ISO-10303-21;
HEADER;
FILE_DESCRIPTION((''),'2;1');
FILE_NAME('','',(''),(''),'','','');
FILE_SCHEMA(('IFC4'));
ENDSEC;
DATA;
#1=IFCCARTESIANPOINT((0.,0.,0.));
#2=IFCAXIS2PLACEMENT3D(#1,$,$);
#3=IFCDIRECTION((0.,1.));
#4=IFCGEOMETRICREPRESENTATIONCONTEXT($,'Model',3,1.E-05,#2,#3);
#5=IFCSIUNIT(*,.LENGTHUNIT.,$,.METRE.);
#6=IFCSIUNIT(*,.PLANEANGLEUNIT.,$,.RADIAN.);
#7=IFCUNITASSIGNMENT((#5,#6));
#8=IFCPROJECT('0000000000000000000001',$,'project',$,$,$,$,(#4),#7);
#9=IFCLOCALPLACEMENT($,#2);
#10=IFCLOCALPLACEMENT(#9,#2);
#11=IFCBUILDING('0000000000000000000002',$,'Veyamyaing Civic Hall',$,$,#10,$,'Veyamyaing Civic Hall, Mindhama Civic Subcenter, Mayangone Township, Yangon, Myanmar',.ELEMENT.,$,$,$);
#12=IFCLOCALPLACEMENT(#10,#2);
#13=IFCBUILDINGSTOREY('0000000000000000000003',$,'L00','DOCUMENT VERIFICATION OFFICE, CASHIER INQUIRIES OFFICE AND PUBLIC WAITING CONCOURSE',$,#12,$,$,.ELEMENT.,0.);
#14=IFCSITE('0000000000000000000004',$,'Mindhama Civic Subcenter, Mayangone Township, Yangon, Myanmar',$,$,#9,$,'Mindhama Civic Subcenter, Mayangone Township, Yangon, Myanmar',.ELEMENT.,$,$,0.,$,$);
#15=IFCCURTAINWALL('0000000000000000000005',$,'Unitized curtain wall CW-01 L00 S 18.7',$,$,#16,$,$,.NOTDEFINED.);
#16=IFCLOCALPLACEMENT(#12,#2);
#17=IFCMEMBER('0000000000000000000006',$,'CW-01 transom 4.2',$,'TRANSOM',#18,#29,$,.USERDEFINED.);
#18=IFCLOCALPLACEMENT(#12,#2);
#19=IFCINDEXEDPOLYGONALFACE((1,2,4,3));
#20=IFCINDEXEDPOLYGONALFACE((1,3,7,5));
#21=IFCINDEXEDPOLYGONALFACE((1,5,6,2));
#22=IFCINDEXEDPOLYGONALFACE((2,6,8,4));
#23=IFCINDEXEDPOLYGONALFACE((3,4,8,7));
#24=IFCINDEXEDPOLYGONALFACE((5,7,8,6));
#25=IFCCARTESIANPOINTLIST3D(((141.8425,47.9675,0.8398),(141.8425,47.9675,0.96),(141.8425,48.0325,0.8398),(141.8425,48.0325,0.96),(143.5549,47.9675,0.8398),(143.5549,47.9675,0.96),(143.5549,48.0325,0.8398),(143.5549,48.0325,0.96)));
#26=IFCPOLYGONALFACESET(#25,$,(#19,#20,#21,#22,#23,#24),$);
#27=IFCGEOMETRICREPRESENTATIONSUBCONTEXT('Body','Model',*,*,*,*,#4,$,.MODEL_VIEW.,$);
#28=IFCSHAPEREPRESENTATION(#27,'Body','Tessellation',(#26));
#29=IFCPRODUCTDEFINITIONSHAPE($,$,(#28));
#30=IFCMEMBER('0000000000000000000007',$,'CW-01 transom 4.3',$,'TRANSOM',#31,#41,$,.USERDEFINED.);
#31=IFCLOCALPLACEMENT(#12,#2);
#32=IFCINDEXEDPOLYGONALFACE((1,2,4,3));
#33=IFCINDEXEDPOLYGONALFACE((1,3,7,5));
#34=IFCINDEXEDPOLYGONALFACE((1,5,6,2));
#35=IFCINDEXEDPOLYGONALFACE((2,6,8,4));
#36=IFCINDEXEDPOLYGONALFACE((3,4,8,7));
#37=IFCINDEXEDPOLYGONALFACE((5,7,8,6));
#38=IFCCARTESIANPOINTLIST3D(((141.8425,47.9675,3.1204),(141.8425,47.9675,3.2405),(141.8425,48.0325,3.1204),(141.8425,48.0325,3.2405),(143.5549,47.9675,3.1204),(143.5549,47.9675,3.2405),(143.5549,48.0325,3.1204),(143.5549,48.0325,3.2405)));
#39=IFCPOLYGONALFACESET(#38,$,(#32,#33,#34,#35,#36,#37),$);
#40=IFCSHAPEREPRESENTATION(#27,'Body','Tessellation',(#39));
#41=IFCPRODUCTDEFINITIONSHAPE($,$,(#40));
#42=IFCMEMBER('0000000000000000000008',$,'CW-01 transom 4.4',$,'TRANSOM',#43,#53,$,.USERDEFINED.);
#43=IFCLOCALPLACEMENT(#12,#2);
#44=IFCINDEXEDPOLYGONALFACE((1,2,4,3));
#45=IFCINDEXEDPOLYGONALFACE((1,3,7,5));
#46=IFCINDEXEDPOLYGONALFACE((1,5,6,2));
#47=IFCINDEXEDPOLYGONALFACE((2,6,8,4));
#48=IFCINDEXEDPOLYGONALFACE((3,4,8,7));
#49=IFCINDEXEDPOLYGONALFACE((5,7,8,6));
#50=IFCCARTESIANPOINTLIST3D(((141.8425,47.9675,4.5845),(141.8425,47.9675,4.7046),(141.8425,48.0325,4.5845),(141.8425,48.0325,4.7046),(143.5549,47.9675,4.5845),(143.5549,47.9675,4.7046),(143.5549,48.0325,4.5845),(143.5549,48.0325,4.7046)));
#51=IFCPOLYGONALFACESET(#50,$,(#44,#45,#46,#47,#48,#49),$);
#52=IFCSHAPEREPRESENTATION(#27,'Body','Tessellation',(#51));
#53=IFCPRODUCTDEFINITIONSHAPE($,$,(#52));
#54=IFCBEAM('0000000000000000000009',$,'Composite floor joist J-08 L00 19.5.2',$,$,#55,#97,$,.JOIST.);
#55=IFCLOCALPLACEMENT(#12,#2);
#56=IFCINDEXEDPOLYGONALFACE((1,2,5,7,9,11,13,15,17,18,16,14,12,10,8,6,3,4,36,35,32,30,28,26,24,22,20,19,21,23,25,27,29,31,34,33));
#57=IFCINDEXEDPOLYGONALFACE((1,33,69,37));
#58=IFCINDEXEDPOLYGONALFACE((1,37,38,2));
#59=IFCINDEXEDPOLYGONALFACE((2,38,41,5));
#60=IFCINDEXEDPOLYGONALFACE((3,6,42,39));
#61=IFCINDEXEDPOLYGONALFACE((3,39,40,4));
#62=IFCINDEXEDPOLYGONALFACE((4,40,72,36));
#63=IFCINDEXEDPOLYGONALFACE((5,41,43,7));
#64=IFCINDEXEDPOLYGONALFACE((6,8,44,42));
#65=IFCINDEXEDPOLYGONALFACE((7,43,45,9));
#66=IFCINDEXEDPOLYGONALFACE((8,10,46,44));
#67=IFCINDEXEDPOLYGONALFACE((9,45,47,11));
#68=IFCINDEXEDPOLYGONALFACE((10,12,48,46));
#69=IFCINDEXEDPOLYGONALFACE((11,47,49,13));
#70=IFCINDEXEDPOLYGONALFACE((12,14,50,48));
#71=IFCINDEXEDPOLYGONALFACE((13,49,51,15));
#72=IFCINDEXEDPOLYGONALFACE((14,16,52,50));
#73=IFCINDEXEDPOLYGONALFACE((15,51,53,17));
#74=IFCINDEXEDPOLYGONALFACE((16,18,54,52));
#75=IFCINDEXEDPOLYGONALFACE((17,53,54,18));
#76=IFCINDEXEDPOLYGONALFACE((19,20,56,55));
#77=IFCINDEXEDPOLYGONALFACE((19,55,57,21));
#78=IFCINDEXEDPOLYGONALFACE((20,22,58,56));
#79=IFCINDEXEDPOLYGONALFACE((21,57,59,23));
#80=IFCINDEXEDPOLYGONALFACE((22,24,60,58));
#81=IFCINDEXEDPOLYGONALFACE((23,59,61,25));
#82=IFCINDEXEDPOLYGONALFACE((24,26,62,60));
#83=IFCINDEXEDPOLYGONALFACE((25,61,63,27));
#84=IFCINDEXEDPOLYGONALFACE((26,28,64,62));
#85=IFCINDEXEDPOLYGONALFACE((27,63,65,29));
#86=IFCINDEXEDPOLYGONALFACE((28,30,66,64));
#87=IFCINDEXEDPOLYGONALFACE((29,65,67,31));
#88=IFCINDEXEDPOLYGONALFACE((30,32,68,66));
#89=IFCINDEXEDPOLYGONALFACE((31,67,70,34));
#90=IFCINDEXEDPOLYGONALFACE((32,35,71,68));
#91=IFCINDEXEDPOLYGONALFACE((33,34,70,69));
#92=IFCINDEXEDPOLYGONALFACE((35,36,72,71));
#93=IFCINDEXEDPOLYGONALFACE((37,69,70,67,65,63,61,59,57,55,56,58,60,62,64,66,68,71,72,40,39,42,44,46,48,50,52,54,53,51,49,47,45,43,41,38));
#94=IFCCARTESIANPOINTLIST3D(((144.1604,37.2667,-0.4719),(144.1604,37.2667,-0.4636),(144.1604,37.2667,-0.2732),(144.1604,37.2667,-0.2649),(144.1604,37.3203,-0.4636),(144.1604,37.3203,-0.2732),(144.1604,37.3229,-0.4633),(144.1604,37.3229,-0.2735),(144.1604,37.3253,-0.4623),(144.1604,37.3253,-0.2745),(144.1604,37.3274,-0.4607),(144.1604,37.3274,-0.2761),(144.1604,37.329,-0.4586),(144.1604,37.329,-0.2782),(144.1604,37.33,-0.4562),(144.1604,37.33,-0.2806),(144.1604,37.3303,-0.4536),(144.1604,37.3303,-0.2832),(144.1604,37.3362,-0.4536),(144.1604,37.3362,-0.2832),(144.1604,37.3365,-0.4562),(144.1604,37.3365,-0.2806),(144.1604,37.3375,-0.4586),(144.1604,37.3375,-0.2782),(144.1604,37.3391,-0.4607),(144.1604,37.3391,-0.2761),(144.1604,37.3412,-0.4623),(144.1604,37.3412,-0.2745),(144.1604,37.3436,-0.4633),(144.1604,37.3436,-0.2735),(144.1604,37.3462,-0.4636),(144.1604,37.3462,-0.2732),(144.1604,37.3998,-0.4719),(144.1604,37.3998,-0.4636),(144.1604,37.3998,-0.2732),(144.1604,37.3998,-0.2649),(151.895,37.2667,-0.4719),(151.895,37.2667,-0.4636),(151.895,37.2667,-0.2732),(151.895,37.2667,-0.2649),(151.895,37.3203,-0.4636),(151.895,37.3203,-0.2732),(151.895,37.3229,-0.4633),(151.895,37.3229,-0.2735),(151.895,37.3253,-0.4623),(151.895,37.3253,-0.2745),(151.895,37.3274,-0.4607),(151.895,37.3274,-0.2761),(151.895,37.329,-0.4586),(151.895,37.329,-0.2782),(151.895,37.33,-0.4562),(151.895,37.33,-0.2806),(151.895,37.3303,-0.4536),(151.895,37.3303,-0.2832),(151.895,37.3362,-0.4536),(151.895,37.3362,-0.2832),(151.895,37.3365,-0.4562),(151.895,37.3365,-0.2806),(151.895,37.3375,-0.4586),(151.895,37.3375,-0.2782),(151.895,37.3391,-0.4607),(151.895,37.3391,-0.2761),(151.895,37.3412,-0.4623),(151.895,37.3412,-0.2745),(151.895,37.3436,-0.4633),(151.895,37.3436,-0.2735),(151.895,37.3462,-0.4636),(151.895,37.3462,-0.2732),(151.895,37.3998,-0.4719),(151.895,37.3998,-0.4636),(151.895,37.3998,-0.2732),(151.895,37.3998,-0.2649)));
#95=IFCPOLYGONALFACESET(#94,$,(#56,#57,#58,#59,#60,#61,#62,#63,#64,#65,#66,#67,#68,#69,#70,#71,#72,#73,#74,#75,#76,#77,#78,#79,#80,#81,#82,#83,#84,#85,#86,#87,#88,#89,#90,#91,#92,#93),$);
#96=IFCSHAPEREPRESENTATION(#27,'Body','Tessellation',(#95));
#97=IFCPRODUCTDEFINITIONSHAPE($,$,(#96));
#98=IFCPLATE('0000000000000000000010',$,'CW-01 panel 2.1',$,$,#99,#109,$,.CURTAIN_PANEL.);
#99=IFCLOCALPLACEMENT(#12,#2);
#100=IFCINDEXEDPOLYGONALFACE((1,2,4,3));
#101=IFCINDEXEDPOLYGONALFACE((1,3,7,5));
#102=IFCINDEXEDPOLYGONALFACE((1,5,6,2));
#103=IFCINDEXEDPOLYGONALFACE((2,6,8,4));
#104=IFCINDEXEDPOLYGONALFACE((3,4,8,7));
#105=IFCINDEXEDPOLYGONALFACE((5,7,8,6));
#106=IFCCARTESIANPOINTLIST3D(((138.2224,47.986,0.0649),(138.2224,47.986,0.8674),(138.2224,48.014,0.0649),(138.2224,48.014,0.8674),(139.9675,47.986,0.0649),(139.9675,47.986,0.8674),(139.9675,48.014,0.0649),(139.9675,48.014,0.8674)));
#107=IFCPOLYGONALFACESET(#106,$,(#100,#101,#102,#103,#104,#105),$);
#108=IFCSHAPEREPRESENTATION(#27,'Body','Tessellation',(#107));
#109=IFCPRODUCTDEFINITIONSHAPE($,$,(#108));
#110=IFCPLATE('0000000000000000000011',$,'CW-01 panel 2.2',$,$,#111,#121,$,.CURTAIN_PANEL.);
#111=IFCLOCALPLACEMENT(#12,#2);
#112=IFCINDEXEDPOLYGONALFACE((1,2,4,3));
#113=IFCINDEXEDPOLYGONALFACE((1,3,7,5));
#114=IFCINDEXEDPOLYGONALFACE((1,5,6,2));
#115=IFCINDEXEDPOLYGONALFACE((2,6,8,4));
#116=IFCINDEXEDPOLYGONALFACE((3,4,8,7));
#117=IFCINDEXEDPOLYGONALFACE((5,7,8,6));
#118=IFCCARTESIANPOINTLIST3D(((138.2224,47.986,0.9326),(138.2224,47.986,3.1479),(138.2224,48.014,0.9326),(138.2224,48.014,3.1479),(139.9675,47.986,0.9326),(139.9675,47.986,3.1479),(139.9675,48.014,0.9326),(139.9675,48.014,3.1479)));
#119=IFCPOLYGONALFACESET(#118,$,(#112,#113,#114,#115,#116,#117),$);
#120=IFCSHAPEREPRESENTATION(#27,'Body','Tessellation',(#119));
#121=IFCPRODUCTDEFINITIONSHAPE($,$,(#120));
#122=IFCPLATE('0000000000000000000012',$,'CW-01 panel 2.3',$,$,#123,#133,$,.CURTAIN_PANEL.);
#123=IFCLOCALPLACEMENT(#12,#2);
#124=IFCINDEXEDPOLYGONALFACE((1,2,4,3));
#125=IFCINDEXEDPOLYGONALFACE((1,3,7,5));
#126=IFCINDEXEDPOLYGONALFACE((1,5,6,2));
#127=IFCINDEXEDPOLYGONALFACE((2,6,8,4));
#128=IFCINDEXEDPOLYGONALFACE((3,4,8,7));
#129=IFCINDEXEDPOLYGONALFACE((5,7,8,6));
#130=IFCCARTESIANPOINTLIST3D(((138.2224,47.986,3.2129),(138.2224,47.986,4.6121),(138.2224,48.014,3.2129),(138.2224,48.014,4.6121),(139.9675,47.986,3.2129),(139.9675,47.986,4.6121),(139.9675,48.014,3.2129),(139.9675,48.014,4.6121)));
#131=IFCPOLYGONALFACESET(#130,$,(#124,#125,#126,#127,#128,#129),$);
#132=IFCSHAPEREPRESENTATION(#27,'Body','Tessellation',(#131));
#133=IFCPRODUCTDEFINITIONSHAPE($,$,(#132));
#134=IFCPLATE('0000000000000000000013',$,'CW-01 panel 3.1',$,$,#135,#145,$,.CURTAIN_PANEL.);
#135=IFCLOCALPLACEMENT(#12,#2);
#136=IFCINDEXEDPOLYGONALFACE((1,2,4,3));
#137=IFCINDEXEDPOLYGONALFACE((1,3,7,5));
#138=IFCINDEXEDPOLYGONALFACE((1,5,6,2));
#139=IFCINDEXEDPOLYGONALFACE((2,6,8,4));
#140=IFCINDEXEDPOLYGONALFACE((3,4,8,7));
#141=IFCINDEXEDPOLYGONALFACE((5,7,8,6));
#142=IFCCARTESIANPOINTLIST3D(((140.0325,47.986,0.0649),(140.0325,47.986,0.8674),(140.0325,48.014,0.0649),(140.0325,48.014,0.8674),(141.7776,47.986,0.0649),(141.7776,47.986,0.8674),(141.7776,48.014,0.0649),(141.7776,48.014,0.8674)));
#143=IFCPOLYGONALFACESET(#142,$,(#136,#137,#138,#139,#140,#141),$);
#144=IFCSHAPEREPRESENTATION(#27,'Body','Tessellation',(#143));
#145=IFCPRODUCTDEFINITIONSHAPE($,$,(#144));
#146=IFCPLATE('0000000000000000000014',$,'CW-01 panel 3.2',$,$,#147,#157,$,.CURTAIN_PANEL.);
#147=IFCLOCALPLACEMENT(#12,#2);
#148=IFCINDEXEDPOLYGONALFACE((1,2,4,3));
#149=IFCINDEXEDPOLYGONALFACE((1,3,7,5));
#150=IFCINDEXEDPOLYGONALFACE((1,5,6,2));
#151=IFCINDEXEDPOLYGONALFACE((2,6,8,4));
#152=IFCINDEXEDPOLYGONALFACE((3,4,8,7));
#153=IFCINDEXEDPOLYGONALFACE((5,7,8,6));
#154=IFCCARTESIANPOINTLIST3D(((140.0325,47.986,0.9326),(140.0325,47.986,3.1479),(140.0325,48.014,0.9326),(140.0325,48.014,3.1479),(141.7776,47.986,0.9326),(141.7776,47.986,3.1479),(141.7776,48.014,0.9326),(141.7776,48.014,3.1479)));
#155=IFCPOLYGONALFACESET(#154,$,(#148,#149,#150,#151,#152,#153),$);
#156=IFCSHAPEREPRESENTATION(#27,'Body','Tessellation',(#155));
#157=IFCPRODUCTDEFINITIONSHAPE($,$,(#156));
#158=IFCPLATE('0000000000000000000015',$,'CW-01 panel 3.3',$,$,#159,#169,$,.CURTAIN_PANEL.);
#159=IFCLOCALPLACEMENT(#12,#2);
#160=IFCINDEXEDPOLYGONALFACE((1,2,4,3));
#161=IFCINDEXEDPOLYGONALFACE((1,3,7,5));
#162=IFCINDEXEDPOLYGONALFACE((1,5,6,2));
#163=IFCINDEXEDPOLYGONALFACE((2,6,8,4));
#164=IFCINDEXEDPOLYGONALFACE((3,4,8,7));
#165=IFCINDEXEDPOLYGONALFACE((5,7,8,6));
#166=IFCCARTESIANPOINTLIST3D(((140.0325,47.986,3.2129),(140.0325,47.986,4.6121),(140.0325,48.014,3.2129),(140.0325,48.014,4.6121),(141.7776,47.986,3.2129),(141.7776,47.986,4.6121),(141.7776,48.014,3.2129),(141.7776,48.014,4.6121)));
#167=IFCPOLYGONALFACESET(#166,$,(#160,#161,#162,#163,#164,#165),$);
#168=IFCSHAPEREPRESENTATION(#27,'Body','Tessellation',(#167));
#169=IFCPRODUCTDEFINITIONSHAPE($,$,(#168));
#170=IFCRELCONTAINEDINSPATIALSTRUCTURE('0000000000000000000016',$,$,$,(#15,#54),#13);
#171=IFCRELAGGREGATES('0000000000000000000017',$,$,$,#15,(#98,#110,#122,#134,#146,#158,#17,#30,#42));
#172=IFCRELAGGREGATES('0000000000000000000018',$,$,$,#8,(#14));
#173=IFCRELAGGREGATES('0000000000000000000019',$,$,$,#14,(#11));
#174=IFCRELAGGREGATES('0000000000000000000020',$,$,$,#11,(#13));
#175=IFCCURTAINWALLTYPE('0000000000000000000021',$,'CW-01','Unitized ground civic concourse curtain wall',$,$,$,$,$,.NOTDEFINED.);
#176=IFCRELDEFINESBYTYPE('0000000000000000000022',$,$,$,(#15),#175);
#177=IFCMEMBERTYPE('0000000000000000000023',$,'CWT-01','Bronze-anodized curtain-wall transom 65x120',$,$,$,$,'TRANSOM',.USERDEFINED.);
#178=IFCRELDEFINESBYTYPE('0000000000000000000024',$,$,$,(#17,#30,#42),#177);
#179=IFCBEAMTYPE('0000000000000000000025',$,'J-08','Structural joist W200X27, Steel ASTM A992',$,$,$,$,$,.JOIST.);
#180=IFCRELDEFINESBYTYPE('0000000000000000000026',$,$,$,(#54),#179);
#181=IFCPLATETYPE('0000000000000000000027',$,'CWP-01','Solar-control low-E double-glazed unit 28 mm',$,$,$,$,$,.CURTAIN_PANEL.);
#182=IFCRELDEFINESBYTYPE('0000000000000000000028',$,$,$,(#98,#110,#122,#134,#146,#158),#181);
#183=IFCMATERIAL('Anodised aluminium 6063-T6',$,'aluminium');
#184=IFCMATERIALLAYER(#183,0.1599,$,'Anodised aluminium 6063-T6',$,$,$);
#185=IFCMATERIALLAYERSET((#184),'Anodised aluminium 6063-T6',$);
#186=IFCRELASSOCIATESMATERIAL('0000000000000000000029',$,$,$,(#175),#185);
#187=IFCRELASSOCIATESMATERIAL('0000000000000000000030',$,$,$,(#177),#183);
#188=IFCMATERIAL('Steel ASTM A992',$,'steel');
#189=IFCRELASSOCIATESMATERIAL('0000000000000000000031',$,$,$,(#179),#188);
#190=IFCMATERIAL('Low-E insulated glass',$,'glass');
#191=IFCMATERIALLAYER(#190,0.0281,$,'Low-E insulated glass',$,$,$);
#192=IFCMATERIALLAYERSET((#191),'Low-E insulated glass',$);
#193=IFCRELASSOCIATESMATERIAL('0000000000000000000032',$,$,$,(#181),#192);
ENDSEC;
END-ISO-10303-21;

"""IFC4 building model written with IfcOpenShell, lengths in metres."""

from ifc_helpers import new_model, si_unit, direction, frame, origin, origin_2d, place, context, subcontext, project, spatial, rectangle, i_section, extrude, material, layer, layer_set, material_profile, profile_set, type_object, element, aggregate, save


model = new_model("IFC4")

# Units and contexts
model_context = context("Model", 3, precision=1e-05, world=origin(), true_north=direction((0.0, 1.0)))
body_context = subcontext(model_context, "Body", "Model", "MODEL_VIEW")
ifc_project = project(units=[si_unit("LENGTHUNIT", "METRE"), si_unit("PLANEANGLEUNIT", "RADIAN")], contexts=[model_context])

# Site, building, storey
site_placement = place(None, origin())
site = spatial("IfcSite", under=ifc_project, at=site_placement, Name="Mindhama Civic Subcenter, Mayangone Township, Yangon, Myanmar", LongName="Mindhama Civic Subcenter, Mayangone Township, Yangon, Myanmar", CompositionType="ELEMENT", RefElevation=0.0)
building_placement = place(site_placement, origin())
building = spatial("IfcBuilding", under=site, at=building_placement, Name="Veyamyaing Civic Hall", LongName="Veyamyaing Civic Hall, Mindhama Civic Subcenter, Mayangone Township, Yangon, Myanmar", CompositionType="ELEMENT")
storey_placement = place(building_placement, origin())
storey = spatial("IfcBuildingStorey", under=building, at=storey_placement, Name="L00", Description="DOCUMENT VERIFICATION OFFICE, CASHIER INQUIRIES OFFICE AND PUBLIC WAITING CONCOURSE", CompositionType="ELEMENT", Elevation=0.0)

# Shared definitions
ifc_material_1 = material(Name="Steel ASTM A992", Category="steel")

# Curtain wall, members
ifc_material_2 = material(Name="Anodised aluminium 6063-T6", Category="aluminium")
ifc_layer_1 = layer(ifc_material_2, 0.1599, Name="Anodised aluminium 6063-T6")
ifc_layer_set_1 = layer_set([ifc_layer_1], Name="Anodised aluminium 6063-T6")
curtain_wall_type = type_object("IfcCurtainWallType", Name="CW-01", Description="Unitized ground civic concourse curtain wall", PredefinedType="NOTDEFINED", material=ifc_layer_set_1)
curtain_wall_placement = place(storey_placement, origin())
curtain_wall = element("IfcCurtainWall", 1, at=curtain_wall_placement, inside=storey, type_object=curtain_wall_type, Name="Unitized curtain wall CW-01 L00 S 18.7", PredefinedType="NOTDEFINED")
ifc_material_profile_1 = material_profile(ifc_material_2, rectangle(XDim=0.0649, YDim=0.1201, at=origin_2d()), Name="ALU-TRN-65X120")
ifc_profile_set_1 = profile_set([ifc_material_profile_1], Name="Anodised aluminium 6063-T6")
member_type_1 = type_object("IfcMemberType", Name="CWT-01", Description="Bronze-anodized curtain-wall transom 65x120", ElementType="TRANSOM", PredefinedType="USERDEFINED", material=ifc_profile_set_1)
member_1_placement = place(storey_placement, frame((141.8425, 48.0, 0.8999), z_axis=(1.0, 0.0, 0.0), x_axis=(0.0, 1.0, 0.0)))
member_1 = element("IfcMember", 2, at=member_1_placement, type_object=member_type_1, Name="CW-01 transom 4.2", ObjectType="TRANSOM", PredefinedType="USERDEFINED", context=body_context, shape_type="SweptSolid", body=[
    extrude(rectangle(XDim=0.0649, YDim=0.1201, at=origin_2d()), origin(), (0.0, 0.0, 1.0), 1.7124),
])
member_2_placement = place(storey_placement, frame((141.8425, 48.0, 3.1804), z_axis=(1.0, 0.0, 0.0), x_axis=(0.0, 1.0, 0.0)))
member_2 = element("IfcMember", 3, at=member_2_placement, type_object=member_type_1, Name="CW-01 transom 4.3", ObjectType="TRANSOM", PredefinedType="USERDEFINED", context=body_context, shape_type="SweptSolid", body=[
    extrude(rectangle(XDim=0.0649, YDim=0.1201, at=origin_2d()), origin(), (0.0, 0.0, 1.0), 1.7124),
])
member_3_placement = place(storey_placement, frame((141.8425, 48.0, 4.6445), z_axis=(1.0, 0.0, 0.0), x_axis=(0.0, 1.0, 0.0)))
member_3 = element("IfcMember", 4, at=member_3_placement, type_object=member_type_1, Name="CW-01 transom 4.4", ObjectType="TRANSOM", PredefinedType="USERDEFINED", context=body_context, shape_type="SweptSolid", body=[
    extrude(rectangle(XDim=0.0649, YDim=0.1201, at=origin_2d()), origin(), (0.0, 0.0, 1.0), 1.7124),
])

# Beam
ifc_material_profile_2 = material_profile(ifc_material_1, i_section(OverallWidth=0.1331, OverallDepth=0.207, WebThickness=0.0059, FlangeThickness=0.0083, FilletRadius=0.01, at=origin_2d()), Name="W200X27")
ifc_profile_set_2 = profile_set([ifc_material_profile_2], Name="Steel ASTM A992")
beam_type_1 = type_object("IfcBeamType", Name="J-08", Description="Structural joist W200X27, Steel ASTM A992", PredefinedType="JOIST", material=ifc_profile_set_2)
beam_1_placement = place(storey_placement, frame((144.1604, 37.3333, -0.3684), z_axis=(1.0, 0.0, 0.0), x_axis=(0.0, 1.0, 0.0)))
element("IfcBeam", 5, at=beam_1_placement, inside=storey, type_object=beam_type_1, Name="Composite floor joist J-08 L00 19.5.2", PredefinedType="JOIST", context=body_context, shape_type="SweptSolid", body=[
    extrude(i_section(OverallWidth=0.1331, OverallDepth=0.207, WebThickness=0.0059, FlangeThickness=0.0083, FilletRadius=0.01, at=origin_2d()), origin(), (0.0, 0.0, 1.0), 7.7346),
])

# Plates
ifc_material_3 = material(Name="Low-E insulated glass", Category="glass")
ifc_layer_2 = layer(ifc_material_3, 0.0281, Name="Low-E insulated glass")
ifc_layer_set_2 = layer_set([ifc_layer_2], Name="Low-E insulated glass")
plate_type = type_object("IfcPlateType", Name="CWP-01", Description="Solar-control low-E double-glazed unit 28 mm", PredefinedType="CURTAIN_PANEL", material=ifc_layer_set_2)
plate_1_placement = place(storey_placement, frame((139.095, 48.0, 0.0649), z_axis=(0.0, 0.0, 1.0), x_axis=(1.0, 0.0, 0.0)))
plate_1 = element("IfcPlate", 6, at=plate_1_placement, type_object=plate_type, Name="CW-01 panel 2.1", PredefinedType="CURTAIN_PANEL", context=body_context, shape_type="SweptSolid", body=[
    extrude(rectangle(XDim=1.7451, YDim=0.0281, at=origin_2d()), origin(), (0.0, 0.0, 1.0), 0.8025),
])
plate_2_placement = place(storey_placement, frame((139.095, 48.0, 0.9326), z_axis=(0.0, 0.0, 1.0), x_axis=(1.0, 0.0, 0.0)))
plate_2 = element("IfcPlate", 7, at=plate_2_placement, type_object=plate_type, Name="CW-01 panel 2.2", PredefinedType="CURTAIN_PANEL", context=body_context, shape_type="SweptSolid", body=[
    extrude(rectangle(XDim=1.7451, YDim=0.0281, at=origin_2d()), origin(), (0.0, 0.0, 1.0), 2.2153),
])
plate_3_placement = place(storey_placement, frame((139.095, 48.0, 3.2129), z_axis=(0.0, 0.0, 1.0), x_axis=(1.0, 0.0, 0.0)))
plate_3 = element("IfcPlate", 8, at=plate_3_placement, type_object=plate_type, Name="CW-01 panel 2.3", PredefinedType="CURTAIN_PANEL", context=body_context, shape_type="SweptSolid", body=[
    extrude(rectangle(XDim=1.7451, YDim=0.0281, at=origin_2d()), origin(), (0.0, 0.0, 1.0), 1.3992),
])
plate_4_placement = place(storey_placement, frame((140.905, 48.0, 0.0649), z_axis=(0.0, 0.0, 1.0), x_axis=(1.0, 0.0, 0.0)))
plate_4 = element("IfcPlate", 9, at=plate_4_placement, type_object=plate_type, Name="CW-01 panel 3.1", PredefinedType="CURTAIN_PANEL", context=body_context, shape_type="SweptSolid", body=[
    extrude(rectangle(XDim=1.7451, YDim=0.0281, at=origin_2d()), origin(), (0.0, 0.0, 1.0), 0.8025),
])
plate_5_placement = place(storey_placement, frame((140.905, 48.0, 0.9326), z_axis=(0.0, 0.0, 1.0), x_axis=(1.0, 0.0, 0.0)))
plate_5 = element("IfcPlate", 10, at=plate_5_placement, type_object=plate_type, Name="CW-01 panel 3.2", PredefinedType="CURTAIN_PANEL", context=body_context, shape_type="SweptSolid", body=[
    extrude(rectangle(XDim=1.7451, YDim=0.0281, at=origin_2d()), origin(), (0.0, 0.0, 1.0), 2.2153),
])
plate_6_placement = place(storey_placement, frame((140.905, 48.0, 3.2129), z_axis=(0.0, 0.0, 1.0), x_axis=(1.0, 0.0, 0.0)))
plate_6 = element("IfcPlate", 11, at=plate_6_placement, type_object=plate_type, Name="CW-01 panel 3.3", PredefinedType="CURTAIN_PANEL", context=body_context, shape_type="SweptSolid", body=[
    extrude(rectangle(XDim=1.7451, YDim=0.0281, at=origin_2d()), origin(), (0.0, 0.0, 1.0), 1.3992),
])
aggregate(curtain_wall, [plate_1, plate_2, plate_3, plate_4, plate_5, plate_6, member_1, member_2, member_3])

save(model, "model.ifc")
